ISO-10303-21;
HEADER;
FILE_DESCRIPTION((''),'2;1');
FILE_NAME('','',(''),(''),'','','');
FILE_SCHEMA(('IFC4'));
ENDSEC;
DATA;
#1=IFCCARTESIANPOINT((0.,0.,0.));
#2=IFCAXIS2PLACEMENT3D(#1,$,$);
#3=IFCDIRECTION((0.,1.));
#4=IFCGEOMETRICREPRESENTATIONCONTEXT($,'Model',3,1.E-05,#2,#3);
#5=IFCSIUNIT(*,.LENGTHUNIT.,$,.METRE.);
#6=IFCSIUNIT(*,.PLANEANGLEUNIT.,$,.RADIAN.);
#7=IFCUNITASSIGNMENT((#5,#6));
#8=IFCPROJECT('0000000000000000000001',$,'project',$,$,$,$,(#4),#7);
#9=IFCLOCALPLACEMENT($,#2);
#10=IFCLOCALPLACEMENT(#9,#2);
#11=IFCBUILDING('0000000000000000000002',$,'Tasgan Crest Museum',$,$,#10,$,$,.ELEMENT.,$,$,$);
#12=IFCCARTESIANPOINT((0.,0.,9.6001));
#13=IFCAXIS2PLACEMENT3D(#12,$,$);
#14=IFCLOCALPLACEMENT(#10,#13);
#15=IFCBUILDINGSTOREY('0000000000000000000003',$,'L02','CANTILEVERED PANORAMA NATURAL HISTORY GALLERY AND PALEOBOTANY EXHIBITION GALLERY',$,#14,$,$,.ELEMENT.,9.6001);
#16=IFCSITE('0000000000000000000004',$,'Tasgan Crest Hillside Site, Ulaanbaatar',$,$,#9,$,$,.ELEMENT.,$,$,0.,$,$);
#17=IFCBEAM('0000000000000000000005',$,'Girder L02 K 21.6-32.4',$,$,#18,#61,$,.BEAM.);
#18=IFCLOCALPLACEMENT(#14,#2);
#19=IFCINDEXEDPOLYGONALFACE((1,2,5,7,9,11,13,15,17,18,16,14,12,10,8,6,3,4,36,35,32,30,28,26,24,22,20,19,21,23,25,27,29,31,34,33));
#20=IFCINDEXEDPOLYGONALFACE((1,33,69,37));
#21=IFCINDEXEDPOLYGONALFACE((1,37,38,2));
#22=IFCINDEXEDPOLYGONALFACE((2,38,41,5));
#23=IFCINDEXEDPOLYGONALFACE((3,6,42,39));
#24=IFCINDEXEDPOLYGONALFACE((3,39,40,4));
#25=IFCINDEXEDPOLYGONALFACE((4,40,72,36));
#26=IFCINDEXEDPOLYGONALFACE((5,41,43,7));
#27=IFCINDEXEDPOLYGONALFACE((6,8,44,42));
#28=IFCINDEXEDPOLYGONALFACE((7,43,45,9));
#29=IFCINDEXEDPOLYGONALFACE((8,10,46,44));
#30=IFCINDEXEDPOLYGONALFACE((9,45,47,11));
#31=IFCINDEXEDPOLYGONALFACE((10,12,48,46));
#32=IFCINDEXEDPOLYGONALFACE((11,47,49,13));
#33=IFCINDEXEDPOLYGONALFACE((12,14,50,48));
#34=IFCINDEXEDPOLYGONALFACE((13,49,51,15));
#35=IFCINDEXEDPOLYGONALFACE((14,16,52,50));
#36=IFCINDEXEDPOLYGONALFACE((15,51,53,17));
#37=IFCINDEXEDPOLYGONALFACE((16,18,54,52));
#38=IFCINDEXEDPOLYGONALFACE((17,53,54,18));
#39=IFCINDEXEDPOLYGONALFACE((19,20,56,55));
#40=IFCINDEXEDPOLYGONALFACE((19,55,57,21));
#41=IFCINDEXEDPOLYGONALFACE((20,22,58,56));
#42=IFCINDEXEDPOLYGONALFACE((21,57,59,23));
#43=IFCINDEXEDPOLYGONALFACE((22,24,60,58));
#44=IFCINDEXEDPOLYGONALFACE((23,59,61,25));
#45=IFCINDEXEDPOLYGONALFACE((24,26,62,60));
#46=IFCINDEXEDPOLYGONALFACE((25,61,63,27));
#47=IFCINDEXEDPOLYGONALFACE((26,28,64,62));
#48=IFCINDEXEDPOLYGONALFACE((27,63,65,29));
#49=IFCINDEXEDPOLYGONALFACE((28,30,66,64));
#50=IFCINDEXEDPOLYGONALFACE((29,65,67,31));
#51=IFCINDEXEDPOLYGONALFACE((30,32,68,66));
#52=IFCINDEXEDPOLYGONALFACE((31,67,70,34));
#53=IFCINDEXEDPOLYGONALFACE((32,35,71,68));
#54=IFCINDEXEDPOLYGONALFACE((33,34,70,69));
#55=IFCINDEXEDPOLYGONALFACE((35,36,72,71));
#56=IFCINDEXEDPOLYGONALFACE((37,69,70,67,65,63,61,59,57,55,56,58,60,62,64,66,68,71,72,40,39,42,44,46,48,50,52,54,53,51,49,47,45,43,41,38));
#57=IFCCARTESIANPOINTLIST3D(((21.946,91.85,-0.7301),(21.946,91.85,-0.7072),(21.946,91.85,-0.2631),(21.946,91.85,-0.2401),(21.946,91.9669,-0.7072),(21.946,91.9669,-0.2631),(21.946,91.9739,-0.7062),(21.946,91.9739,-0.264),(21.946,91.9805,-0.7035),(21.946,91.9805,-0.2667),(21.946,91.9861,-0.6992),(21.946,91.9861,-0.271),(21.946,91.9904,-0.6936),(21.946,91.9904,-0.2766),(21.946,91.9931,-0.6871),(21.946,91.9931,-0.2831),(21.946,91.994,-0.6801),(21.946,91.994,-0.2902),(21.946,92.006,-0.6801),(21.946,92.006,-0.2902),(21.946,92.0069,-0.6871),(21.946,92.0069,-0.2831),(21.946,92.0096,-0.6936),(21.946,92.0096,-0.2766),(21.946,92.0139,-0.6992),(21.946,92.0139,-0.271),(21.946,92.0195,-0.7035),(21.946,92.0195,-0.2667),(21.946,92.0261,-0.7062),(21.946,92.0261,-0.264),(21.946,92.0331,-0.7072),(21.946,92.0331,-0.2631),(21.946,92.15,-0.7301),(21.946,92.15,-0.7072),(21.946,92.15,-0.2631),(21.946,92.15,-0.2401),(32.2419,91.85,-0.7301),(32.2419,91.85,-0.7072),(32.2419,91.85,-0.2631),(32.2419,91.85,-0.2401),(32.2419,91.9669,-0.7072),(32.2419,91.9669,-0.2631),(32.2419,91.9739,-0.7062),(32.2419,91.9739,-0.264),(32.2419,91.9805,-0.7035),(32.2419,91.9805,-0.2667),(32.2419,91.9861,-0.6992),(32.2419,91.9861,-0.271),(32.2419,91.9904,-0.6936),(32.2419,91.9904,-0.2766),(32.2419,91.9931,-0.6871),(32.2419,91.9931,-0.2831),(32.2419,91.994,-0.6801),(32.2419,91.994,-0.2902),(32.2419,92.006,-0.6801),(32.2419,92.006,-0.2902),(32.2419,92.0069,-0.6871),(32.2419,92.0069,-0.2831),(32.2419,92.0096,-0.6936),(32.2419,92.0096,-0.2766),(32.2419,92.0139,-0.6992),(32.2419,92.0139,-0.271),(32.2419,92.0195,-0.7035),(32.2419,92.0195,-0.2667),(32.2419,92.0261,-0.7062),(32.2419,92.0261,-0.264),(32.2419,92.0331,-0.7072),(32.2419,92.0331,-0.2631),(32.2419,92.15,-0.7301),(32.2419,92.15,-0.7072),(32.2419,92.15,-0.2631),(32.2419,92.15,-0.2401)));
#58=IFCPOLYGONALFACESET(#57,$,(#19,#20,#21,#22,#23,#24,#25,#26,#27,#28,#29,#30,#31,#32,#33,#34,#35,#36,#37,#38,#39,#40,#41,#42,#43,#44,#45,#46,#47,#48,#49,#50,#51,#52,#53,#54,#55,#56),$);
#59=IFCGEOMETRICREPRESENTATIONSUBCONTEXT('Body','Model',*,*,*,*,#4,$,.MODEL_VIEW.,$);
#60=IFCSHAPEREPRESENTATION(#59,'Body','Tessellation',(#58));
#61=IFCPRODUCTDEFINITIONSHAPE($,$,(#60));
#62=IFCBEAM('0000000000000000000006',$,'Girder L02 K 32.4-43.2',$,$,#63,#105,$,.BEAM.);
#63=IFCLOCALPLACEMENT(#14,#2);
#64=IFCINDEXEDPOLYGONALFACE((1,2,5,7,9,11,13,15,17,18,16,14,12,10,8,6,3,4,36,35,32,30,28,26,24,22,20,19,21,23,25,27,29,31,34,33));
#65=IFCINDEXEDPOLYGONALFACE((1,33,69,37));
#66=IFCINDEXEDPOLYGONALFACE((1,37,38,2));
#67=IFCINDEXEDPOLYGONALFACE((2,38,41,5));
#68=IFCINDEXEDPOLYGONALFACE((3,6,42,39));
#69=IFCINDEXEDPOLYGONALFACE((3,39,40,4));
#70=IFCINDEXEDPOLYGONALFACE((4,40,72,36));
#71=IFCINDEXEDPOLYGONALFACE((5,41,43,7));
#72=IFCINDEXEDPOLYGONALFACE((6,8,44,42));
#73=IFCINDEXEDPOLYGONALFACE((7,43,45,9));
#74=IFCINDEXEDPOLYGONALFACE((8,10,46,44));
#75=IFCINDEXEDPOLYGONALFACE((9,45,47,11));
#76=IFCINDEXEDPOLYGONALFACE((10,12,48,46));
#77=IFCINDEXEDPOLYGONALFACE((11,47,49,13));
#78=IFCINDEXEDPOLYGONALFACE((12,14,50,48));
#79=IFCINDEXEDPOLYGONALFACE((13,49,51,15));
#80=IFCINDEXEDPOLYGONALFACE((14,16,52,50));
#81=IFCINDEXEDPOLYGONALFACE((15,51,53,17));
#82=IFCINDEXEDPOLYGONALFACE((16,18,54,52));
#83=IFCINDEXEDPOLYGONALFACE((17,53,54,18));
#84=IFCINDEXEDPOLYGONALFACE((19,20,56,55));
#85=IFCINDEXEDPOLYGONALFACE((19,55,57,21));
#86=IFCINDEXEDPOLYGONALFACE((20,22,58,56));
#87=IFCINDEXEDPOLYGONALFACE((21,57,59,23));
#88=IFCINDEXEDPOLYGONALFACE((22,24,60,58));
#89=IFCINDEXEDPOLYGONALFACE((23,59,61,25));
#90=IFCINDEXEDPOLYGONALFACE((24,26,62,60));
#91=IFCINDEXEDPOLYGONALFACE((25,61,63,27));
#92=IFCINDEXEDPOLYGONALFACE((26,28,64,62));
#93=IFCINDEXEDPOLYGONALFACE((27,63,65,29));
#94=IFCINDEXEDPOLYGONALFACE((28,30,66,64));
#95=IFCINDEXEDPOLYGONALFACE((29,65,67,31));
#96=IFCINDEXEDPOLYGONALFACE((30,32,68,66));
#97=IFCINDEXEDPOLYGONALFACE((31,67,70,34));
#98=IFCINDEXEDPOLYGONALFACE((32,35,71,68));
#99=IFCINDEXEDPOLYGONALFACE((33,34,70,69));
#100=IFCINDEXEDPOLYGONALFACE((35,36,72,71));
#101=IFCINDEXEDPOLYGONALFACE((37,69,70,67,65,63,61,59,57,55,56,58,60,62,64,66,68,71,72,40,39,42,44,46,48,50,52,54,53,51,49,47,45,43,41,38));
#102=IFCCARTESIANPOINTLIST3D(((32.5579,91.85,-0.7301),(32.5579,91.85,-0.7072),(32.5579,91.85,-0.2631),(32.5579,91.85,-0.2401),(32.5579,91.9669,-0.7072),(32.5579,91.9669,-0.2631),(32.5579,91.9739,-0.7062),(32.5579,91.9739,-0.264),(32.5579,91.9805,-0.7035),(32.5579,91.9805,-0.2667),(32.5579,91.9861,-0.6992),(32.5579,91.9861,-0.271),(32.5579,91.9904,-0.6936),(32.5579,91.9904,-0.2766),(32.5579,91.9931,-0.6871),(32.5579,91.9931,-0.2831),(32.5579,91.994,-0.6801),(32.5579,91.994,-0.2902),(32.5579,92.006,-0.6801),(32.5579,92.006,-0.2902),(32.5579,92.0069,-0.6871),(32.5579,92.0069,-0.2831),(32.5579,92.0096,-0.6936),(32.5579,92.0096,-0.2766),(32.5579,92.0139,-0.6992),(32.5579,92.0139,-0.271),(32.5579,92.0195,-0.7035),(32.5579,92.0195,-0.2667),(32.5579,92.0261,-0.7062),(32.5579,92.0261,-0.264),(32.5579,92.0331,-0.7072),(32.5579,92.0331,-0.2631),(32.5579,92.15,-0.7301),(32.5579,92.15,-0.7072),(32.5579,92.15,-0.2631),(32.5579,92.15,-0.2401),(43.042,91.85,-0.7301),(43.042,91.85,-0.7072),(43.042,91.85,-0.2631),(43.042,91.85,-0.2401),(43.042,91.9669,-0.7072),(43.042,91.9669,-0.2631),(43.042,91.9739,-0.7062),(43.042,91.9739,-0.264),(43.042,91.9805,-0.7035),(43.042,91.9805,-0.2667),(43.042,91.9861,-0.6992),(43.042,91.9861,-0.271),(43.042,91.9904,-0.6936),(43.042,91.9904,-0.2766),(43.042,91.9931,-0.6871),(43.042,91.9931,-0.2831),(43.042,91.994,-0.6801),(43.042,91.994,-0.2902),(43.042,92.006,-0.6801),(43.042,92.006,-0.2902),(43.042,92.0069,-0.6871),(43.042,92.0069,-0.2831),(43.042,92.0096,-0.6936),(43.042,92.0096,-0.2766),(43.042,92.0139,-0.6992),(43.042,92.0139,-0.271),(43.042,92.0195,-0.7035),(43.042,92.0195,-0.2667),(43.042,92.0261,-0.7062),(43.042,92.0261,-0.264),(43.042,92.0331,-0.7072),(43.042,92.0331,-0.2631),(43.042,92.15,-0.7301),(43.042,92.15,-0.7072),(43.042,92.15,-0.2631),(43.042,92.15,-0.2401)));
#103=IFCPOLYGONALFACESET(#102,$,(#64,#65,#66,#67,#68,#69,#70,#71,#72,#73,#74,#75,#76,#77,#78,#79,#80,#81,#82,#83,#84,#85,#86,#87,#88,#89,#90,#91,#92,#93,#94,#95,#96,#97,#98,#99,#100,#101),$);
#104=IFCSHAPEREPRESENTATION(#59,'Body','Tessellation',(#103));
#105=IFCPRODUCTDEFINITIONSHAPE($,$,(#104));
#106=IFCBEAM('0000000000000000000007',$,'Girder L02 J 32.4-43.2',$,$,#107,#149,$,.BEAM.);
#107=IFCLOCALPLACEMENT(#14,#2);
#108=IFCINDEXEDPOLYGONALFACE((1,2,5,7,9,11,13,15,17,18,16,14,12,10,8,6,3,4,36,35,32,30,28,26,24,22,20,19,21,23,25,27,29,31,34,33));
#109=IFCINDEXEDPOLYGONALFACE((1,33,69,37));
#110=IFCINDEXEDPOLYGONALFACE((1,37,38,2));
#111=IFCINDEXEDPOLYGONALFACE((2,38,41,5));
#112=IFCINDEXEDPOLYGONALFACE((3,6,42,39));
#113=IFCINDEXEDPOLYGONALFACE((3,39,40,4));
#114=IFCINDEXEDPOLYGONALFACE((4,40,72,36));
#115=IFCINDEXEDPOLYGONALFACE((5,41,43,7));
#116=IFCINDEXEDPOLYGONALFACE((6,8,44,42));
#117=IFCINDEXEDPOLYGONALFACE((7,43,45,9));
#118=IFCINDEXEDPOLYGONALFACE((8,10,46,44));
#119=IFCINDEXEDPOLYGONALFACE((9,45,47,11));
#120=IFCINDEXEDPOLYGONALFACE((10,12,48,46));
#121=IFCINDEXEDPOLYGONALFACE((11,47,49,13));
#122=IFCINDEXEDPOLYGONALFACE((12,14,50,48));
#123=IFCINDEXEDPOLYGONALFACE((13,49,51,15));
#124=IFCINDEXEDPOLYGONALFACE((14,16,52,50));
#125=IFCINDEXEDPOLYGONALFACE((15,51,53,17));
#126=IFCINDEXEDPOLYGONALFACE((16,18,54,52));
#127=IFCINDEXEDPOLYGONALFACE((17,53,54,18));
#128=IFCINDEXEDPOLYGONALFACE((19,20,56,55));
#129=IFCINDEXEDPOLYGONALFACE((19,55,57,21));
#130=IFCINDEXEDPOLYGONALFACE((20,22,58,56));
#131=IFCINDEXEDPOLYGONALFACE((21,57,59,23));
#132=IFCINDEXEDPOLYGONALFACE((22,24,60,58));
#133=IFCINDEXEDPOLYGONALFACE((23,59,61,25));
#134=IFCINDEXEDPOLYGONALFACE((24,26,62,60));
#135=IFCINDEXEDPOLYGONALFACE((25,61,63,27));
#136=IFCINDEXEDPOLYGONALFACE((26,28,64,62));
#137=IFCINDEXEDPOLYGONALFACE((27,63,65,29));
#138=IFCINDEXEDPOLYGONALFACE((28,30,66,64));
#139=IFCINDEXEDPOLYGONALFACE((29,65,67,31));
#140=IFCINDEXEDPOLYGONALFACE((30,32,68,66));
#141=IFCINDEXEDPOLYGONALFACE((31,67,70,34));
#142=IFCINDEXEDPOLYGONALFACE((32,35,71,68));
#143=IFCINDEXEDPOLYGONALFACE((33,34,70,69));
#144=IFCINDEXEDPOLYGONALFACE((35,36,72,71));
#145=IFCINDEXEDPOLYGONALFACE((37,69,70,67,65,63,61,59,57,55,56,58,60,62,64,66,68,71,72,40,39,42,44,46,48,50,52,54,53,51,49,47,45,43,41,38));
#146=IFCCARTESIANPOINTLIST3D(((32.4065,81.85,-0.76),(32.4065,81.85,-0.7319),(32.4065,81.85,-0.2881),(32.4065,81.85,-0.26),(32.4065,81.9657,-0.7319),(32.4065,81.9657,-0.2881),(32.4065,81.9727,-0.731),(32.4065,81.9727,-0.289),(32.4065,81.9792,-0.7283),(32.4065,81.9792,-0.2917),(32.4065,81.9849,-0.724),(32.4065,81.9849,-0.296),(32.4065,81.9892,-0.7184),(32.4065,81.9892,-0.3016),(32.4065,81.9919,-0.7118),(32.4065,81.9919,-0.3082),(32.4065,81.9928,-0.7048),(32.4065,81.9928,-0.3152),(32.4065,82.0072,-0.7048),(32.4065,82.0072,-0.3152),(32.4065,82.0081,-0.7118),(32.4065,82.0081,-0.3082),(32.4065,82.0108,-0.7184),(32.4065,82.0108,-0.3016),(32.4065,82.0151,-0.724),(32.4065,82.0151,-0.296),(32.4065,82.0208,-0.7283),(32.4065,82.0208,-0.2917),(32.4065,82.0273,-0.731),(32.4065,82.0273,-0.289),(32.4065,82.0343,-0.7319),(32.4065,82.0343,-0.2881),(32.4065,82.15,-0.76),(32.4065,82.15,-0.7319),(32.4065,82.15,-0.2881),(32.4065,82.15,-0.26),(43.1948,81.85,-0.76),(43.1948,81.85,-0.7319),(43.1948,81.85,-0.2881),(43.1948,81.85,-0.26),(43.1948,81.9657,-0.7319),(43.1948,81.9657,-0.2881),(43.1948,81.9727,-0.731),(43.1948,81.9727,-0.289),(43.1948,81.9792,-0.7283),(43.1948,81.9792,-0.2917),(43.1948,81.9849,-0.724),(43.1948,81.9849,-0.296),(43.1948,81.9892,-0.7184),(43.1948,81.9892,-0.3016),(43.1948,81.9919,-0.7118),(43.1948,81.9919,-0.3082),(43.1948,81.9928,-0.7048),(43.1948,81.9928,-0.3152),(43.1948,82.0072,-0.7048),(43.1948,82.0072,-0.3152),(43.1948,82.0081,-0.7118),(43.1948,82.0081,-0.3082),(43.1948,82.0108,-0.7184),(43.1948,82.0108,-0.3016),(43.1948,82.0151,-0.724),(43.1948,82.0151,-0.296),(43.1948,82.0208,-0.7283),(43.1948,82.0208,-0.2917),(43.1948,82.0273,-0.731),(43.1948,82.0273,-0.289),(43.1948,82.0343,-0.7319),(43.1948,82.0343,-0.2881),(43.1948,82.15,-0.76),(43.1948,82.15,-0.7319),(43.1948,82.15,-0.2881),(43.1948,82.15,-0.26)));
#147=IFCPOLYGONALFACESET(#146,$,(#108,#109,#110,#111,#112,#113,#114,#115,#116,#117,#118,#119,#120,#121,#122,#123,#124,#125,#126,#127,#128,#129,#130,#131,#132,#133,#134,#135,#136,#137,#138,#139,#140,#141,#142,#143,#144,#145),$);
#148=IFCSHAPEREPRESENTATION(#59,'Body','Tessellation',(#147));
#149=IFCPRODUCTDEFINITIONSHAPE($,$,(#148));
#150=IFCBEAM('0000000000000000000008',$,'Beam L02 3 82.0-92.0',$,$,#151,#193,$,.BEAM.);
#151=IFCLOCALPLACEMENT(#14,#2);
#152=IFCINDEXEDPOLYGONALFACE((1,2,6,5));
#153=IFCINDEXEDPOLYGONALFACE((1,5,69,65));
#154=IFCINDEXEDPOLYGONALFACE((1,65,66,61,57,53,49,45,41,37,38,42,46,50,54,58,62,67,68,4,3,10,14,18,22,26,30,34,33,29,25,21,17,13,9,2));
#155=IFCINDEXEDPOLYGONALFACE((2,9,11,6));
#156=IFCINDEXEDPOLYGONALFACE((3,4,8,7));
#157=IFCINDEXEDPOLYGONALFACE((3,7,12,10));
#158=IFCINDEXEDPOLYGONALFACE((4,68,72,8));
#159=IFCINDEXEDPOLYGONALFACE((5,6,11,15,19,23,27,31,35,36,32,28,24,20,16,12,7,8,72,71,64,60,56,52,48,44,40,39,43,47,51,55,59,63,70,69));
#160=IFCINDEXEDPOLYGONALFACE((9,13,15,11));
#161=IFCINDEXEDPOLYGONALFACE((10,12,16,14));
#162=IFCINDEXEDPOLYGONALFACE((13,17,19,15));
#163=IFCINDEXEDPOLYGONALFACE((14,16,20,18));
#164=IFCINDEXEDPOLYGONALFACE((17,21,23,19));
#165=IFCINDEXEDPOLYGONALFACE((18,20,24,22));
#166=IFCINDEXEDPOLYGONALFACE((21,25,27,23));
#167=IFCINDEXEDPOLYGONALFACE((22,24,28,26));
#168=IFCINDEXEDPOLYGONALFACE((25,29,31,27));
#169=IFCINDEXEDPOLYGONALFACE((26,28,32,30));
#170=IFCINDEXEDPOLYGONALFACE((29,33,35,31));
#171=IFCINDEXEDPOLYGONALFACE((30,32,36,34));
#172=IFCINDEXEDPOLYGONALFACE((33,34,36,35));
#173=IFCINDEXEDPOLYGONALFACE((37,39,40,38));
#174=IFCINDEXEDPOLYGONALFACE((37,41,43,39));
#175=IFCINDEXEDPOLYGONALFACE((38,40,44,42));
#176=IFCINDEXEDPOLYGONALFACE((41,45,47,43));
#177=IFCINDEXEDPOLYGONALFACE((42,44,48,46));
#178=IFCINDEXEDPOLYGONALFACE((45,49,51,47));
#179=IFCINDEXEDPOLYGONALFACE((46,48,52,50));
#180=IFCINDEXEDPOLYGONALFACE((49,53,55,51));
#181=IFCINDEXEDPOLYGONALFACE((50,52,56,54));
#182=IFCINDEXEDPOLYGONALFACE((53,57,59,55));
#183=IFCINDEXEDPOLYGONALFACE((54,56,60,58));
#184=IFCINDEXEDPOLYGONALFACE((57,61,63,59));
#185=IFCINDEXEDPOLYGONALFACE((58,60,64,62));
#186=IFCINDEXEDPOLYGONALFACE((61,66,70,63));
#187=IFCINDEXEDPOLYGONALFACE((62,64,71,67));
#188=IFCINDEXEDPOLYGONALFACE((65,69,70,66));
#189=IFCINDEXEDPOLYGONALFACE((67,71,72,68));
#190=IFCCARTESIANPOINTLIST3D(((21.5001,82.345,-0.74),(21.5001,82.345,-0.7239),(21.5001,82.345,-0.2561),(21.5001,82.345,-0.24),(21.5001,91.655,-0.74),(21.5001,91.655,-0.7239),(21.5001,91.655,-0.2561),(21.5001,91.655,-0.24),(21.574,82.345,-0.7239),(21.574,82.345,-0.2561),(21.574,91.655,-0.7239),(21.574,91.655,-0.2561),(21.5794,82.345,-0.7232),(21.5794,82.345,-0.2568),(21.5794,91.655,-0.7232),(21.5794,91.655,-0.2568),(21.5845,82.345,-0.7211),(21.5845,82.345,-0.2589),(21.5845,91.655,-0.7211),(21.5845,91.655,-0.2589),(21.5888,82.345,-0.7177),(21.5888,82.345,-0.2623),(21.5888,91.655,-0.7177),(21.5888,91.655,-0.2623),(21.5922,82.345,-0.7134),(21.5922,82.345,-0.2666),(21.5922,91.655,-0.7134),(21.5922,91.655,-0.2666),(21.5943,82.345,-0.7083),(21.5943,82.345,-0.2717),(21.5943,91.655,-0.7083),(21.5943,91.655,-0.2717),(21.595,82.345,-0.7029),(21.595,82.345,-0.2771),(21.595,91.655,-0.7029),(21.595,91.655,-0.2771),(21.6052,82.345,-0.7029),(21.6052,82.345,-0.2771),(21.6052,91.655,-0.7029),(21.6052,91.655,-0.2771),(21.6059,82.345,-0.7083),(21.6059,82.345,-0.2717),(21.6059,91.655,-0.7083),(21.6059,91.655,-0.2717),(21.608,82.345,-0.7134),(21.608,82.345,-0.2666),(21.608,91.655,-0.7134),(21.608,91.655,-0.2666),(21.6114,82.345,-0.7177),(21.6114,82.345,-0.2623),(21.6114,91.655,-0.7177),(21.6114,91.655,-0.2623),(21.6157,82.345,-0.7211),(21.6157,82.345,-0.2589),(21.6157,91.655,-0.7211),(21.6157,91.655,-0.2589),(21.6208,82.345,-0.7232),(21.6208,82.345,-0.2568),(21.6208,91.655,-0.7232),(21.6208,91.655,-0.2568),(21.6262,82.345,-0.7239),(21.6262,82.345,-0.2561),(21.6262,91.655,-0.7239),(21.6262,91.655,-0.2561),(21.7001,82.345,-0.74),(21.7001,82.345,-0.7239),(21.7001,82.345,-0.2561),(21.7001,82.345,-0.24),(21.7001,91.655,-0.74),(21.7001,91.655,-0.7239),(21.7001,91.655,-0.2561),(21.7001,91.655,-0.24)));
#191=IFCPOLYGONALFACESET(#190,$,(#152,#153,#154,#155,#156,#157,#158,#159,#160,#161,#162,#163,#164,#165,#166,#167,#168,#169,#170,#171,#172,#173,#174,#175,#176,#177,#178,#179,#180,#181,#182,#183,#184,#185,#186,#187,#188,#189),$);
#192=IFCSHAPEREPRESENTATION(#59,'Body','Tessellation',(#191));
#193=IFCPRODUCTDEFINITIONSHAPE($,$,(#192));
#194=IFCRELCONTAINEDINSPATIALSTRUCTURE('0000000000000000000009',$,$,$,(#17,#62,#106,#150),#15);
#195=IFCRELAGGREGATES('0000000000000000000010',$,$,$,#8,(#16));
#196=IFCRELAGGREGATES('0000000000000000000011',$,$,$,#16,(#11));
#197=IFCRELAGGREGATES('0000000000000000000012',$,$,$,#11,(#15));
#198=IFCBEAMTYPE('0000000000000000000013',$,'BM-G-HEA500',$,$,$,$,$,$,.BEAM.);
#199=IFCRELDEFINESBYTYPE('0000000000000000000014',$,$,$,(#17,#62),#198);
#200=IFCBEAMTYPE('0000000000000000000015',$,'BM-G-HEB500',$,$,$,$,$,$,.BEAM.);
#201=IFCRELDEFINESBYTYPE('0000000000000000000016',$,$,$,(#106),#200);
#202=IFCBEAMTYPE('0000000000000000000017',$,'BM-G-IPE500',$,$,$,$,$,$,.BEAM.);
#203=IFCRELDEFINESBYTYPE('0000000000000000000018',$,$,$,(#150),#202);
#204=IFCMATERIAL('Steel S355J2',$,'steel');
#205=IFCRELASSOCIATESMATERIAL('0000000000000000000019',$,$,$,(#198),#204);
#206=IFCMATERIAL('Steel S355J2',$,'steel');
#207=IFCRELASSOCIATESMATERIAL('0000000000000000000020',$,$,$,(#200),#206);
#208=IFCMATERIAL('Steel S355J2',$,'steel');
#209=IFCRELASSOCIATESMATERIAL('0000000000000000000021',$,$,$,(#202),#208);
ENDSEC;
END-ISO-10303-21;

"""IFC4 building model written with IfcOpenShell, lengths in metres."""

from ifc_helpers import new_model, si_unit, direction, frame, origin, origin_2d, place, context, subcontext, project, spatial, i_section, extrude, material, material_profile, profile_set, type_object, element, save


model = new_model("IFC4")

# Units and contexts
model_context = context("Model", 3, precision=1e-05, world=origin(), true_north=direction((0.0, 1.0)))
body_context = subcontext(model_context, "Body", "Model", "MODEL_VIEW")
ifc_project = project(units=[si_unit("LENGTHUNIT", "METRE"), si_unit("PLANEANGLEUNIT", "RADIAN")], contexts=[model_context])

# Site, building, storey
site_placement = place(None, origin())
site = spatial("IfcSite", under=ifc_project, at=site_placement, Name="Tasgan Crest Hillside Site, Ulaanbaatar", CompositionType="ELEMENT", RefElevation=0.0)
building_placement = place(site_placement, origin())
building = spatial("IfcBuilding", under=site, at=building_placement, Name="Tasgan Crest Museum", CompositionType="ELEMENT")
storey_placement = place(building_placement, frame((0.0, 0.0, 9.6001)))
storey = spatial("IfcBuildingStorey", under=building, at=storey_placement, Name="L02", Description="CANTILEVERED PANORAMA NATURAL HISTORY GALLERY AND PALEOBOTANY EXHIBITION GALLERY", CompositionType="ELEMENT", Elevation=9.6001)

# Beams
ifc_material_1 = material(Name="Steel S355J2", Category="steel")
ifc_material_profile_1 = material_profile(ifc_material_1, i_section(OverallWidth=0.3, OverallDepth=0.49, WebThickness=0.012, FlangeThickness=0.0229, FilletRadius=0.0271, at=origin_2d()), Name="HEA 500")
ifc_profile_set_1 = profile_set([ifc_material_profile_1], Name="Steel S355J2")
beam_type_1 = type_object("IfcBeamType", Name="BM-G-HEA500", PredefinedType="BEAM", material=ifc_profile_set_1)
beam_1_placement = place(storey_placement, frame((21.946, 92.0, -0.4851), z_axis=(1.0, 0.0, 0.0), x_axis=(0.0, 1.0, 0.0)))
element("IfcBeam", 1, at=beam_1_placement, inside=storey, type_object=beam_type_1, Name="Girder L02 K 21.6-32.4", PredefinedType="BEAM", context=body_context, shape_type="SweptSolid", body=[
    extrude(i_section(OverallWidth=0.3, OverallDepth=0.49, WebThickness=0.012, FlangeThickness=0.0229, FilletRadius=0.0271, at=origin_2d()), origin(), (0.0, 0.0, 1.0), 10.2959),
])
beam_2_placement = place(storey_placement, frame((32.5579, 92.0, -0.4851), z_axis=(1.0, 0.0, 0.0), x_axis=(0.0, 1.0, 0.0)))
element("IfcBeam", 2, at=beam_2_placement, inside=storey, type_object=beam_type_1, Name="Girder L02 K 32.4-43.2", PredefinedType="BEAM", context=body_context, shape_type="SweptSolid", body=[
    extrude(i_section(OverallWidth=0.3, OverallDepth=0.49, WebThickness=0.012, FlangeThickness=0.0229, FilletRadius=0.0271, at=origin_2d()), origin(), (0.0, 0.0, 1.0), 10.4841),
])
ifc_material_2 = material(Name="Steel S355J2", Category="steel")
ifc_material_profile_2 = material_profile(ifc_material_2, i_section(OverallWidth=0.3, OverallDepth=0.5, WebThickness=0.0144, FlangeThickness=0.0281, FilletRadius=0.0271, at=origin_2d()), Name="HEB 500")
ifc_profile_set_2 = profile_set([ifc_material_profile_2], Name="Steel S355J2")
beam_type_2 = type_object("IfcBeamType", Name="BM-G-HEB500", PredefinedType="BEAM", material=ifc_profile_set_2)
beam_3_placement = place(storey_placement, frame((32.4065, 82.0, -0.51), z_axis=(1.0, 0.0, 0.0), x_axis=(0.0, 1.0, 0.0)))
element("IfcBeam", 3, at=beam_3_placement, inside=storey, type_object=beam_type_2, Name="Girder L02 J 32.4-43.2", PredefinedType="BEAM", context=body_context, shape_type="SweptSolid", body=[
    extrude(i_section(OverallWidth=0.3, OverallDepth=0.5, WebThickness=0.0144, FlangeThickness=0.0281, FilletRadius=0.0271, at=origin_2d()), origin(), (0.0, 0.0, 1.0), 10.7883),
])
ifc_material_3 = material(Name="Steel S355J2", Category="steel")
ifc_material_profile_3 = material_profile(ifc_material_3, i_section(OverallWidth=0.2, OverallDepth=0.5, WebThickness=0.0103, FlangeThickness=0.0161, FilletRadius=0.021, at=origin_2d()), Name="IPE 500")
ifc_profile_set_3 = profile_set([ifc_material_profile_3], Name="Steel S355J2")
beam_type_3 = type_object("IfcBeamType", Name="BM-G-IPE500", PredefinedType="BEAM", material=ifc_profile_set_3)
beam_4_placement = place(storey_placement, frame((21.6001, 82.345, -0.49), z_axis=(0.0, 1.0, 0.0), x_axis=(-1.0, 0.0, 0.0)))
element("IfcBeam", 4, at=beam_4_placement, inside=storey, type_object=beam_type_3, Name="Beam L02 3 82.0-92.0", PredefinedType="BEAM", context=body_context, shape_type="SweptSolid", body=[
    extrude(i_section(OverallWidth=0.2, OverallDepth=0.5, WebThickness=0.0103, FlangeThickness=0.0161, FilletRadius=0.021, at=origin_2d()), origin(), (0.0, 0.0, 1.0), 9.3101),
])

save(model, "model.ifc")
